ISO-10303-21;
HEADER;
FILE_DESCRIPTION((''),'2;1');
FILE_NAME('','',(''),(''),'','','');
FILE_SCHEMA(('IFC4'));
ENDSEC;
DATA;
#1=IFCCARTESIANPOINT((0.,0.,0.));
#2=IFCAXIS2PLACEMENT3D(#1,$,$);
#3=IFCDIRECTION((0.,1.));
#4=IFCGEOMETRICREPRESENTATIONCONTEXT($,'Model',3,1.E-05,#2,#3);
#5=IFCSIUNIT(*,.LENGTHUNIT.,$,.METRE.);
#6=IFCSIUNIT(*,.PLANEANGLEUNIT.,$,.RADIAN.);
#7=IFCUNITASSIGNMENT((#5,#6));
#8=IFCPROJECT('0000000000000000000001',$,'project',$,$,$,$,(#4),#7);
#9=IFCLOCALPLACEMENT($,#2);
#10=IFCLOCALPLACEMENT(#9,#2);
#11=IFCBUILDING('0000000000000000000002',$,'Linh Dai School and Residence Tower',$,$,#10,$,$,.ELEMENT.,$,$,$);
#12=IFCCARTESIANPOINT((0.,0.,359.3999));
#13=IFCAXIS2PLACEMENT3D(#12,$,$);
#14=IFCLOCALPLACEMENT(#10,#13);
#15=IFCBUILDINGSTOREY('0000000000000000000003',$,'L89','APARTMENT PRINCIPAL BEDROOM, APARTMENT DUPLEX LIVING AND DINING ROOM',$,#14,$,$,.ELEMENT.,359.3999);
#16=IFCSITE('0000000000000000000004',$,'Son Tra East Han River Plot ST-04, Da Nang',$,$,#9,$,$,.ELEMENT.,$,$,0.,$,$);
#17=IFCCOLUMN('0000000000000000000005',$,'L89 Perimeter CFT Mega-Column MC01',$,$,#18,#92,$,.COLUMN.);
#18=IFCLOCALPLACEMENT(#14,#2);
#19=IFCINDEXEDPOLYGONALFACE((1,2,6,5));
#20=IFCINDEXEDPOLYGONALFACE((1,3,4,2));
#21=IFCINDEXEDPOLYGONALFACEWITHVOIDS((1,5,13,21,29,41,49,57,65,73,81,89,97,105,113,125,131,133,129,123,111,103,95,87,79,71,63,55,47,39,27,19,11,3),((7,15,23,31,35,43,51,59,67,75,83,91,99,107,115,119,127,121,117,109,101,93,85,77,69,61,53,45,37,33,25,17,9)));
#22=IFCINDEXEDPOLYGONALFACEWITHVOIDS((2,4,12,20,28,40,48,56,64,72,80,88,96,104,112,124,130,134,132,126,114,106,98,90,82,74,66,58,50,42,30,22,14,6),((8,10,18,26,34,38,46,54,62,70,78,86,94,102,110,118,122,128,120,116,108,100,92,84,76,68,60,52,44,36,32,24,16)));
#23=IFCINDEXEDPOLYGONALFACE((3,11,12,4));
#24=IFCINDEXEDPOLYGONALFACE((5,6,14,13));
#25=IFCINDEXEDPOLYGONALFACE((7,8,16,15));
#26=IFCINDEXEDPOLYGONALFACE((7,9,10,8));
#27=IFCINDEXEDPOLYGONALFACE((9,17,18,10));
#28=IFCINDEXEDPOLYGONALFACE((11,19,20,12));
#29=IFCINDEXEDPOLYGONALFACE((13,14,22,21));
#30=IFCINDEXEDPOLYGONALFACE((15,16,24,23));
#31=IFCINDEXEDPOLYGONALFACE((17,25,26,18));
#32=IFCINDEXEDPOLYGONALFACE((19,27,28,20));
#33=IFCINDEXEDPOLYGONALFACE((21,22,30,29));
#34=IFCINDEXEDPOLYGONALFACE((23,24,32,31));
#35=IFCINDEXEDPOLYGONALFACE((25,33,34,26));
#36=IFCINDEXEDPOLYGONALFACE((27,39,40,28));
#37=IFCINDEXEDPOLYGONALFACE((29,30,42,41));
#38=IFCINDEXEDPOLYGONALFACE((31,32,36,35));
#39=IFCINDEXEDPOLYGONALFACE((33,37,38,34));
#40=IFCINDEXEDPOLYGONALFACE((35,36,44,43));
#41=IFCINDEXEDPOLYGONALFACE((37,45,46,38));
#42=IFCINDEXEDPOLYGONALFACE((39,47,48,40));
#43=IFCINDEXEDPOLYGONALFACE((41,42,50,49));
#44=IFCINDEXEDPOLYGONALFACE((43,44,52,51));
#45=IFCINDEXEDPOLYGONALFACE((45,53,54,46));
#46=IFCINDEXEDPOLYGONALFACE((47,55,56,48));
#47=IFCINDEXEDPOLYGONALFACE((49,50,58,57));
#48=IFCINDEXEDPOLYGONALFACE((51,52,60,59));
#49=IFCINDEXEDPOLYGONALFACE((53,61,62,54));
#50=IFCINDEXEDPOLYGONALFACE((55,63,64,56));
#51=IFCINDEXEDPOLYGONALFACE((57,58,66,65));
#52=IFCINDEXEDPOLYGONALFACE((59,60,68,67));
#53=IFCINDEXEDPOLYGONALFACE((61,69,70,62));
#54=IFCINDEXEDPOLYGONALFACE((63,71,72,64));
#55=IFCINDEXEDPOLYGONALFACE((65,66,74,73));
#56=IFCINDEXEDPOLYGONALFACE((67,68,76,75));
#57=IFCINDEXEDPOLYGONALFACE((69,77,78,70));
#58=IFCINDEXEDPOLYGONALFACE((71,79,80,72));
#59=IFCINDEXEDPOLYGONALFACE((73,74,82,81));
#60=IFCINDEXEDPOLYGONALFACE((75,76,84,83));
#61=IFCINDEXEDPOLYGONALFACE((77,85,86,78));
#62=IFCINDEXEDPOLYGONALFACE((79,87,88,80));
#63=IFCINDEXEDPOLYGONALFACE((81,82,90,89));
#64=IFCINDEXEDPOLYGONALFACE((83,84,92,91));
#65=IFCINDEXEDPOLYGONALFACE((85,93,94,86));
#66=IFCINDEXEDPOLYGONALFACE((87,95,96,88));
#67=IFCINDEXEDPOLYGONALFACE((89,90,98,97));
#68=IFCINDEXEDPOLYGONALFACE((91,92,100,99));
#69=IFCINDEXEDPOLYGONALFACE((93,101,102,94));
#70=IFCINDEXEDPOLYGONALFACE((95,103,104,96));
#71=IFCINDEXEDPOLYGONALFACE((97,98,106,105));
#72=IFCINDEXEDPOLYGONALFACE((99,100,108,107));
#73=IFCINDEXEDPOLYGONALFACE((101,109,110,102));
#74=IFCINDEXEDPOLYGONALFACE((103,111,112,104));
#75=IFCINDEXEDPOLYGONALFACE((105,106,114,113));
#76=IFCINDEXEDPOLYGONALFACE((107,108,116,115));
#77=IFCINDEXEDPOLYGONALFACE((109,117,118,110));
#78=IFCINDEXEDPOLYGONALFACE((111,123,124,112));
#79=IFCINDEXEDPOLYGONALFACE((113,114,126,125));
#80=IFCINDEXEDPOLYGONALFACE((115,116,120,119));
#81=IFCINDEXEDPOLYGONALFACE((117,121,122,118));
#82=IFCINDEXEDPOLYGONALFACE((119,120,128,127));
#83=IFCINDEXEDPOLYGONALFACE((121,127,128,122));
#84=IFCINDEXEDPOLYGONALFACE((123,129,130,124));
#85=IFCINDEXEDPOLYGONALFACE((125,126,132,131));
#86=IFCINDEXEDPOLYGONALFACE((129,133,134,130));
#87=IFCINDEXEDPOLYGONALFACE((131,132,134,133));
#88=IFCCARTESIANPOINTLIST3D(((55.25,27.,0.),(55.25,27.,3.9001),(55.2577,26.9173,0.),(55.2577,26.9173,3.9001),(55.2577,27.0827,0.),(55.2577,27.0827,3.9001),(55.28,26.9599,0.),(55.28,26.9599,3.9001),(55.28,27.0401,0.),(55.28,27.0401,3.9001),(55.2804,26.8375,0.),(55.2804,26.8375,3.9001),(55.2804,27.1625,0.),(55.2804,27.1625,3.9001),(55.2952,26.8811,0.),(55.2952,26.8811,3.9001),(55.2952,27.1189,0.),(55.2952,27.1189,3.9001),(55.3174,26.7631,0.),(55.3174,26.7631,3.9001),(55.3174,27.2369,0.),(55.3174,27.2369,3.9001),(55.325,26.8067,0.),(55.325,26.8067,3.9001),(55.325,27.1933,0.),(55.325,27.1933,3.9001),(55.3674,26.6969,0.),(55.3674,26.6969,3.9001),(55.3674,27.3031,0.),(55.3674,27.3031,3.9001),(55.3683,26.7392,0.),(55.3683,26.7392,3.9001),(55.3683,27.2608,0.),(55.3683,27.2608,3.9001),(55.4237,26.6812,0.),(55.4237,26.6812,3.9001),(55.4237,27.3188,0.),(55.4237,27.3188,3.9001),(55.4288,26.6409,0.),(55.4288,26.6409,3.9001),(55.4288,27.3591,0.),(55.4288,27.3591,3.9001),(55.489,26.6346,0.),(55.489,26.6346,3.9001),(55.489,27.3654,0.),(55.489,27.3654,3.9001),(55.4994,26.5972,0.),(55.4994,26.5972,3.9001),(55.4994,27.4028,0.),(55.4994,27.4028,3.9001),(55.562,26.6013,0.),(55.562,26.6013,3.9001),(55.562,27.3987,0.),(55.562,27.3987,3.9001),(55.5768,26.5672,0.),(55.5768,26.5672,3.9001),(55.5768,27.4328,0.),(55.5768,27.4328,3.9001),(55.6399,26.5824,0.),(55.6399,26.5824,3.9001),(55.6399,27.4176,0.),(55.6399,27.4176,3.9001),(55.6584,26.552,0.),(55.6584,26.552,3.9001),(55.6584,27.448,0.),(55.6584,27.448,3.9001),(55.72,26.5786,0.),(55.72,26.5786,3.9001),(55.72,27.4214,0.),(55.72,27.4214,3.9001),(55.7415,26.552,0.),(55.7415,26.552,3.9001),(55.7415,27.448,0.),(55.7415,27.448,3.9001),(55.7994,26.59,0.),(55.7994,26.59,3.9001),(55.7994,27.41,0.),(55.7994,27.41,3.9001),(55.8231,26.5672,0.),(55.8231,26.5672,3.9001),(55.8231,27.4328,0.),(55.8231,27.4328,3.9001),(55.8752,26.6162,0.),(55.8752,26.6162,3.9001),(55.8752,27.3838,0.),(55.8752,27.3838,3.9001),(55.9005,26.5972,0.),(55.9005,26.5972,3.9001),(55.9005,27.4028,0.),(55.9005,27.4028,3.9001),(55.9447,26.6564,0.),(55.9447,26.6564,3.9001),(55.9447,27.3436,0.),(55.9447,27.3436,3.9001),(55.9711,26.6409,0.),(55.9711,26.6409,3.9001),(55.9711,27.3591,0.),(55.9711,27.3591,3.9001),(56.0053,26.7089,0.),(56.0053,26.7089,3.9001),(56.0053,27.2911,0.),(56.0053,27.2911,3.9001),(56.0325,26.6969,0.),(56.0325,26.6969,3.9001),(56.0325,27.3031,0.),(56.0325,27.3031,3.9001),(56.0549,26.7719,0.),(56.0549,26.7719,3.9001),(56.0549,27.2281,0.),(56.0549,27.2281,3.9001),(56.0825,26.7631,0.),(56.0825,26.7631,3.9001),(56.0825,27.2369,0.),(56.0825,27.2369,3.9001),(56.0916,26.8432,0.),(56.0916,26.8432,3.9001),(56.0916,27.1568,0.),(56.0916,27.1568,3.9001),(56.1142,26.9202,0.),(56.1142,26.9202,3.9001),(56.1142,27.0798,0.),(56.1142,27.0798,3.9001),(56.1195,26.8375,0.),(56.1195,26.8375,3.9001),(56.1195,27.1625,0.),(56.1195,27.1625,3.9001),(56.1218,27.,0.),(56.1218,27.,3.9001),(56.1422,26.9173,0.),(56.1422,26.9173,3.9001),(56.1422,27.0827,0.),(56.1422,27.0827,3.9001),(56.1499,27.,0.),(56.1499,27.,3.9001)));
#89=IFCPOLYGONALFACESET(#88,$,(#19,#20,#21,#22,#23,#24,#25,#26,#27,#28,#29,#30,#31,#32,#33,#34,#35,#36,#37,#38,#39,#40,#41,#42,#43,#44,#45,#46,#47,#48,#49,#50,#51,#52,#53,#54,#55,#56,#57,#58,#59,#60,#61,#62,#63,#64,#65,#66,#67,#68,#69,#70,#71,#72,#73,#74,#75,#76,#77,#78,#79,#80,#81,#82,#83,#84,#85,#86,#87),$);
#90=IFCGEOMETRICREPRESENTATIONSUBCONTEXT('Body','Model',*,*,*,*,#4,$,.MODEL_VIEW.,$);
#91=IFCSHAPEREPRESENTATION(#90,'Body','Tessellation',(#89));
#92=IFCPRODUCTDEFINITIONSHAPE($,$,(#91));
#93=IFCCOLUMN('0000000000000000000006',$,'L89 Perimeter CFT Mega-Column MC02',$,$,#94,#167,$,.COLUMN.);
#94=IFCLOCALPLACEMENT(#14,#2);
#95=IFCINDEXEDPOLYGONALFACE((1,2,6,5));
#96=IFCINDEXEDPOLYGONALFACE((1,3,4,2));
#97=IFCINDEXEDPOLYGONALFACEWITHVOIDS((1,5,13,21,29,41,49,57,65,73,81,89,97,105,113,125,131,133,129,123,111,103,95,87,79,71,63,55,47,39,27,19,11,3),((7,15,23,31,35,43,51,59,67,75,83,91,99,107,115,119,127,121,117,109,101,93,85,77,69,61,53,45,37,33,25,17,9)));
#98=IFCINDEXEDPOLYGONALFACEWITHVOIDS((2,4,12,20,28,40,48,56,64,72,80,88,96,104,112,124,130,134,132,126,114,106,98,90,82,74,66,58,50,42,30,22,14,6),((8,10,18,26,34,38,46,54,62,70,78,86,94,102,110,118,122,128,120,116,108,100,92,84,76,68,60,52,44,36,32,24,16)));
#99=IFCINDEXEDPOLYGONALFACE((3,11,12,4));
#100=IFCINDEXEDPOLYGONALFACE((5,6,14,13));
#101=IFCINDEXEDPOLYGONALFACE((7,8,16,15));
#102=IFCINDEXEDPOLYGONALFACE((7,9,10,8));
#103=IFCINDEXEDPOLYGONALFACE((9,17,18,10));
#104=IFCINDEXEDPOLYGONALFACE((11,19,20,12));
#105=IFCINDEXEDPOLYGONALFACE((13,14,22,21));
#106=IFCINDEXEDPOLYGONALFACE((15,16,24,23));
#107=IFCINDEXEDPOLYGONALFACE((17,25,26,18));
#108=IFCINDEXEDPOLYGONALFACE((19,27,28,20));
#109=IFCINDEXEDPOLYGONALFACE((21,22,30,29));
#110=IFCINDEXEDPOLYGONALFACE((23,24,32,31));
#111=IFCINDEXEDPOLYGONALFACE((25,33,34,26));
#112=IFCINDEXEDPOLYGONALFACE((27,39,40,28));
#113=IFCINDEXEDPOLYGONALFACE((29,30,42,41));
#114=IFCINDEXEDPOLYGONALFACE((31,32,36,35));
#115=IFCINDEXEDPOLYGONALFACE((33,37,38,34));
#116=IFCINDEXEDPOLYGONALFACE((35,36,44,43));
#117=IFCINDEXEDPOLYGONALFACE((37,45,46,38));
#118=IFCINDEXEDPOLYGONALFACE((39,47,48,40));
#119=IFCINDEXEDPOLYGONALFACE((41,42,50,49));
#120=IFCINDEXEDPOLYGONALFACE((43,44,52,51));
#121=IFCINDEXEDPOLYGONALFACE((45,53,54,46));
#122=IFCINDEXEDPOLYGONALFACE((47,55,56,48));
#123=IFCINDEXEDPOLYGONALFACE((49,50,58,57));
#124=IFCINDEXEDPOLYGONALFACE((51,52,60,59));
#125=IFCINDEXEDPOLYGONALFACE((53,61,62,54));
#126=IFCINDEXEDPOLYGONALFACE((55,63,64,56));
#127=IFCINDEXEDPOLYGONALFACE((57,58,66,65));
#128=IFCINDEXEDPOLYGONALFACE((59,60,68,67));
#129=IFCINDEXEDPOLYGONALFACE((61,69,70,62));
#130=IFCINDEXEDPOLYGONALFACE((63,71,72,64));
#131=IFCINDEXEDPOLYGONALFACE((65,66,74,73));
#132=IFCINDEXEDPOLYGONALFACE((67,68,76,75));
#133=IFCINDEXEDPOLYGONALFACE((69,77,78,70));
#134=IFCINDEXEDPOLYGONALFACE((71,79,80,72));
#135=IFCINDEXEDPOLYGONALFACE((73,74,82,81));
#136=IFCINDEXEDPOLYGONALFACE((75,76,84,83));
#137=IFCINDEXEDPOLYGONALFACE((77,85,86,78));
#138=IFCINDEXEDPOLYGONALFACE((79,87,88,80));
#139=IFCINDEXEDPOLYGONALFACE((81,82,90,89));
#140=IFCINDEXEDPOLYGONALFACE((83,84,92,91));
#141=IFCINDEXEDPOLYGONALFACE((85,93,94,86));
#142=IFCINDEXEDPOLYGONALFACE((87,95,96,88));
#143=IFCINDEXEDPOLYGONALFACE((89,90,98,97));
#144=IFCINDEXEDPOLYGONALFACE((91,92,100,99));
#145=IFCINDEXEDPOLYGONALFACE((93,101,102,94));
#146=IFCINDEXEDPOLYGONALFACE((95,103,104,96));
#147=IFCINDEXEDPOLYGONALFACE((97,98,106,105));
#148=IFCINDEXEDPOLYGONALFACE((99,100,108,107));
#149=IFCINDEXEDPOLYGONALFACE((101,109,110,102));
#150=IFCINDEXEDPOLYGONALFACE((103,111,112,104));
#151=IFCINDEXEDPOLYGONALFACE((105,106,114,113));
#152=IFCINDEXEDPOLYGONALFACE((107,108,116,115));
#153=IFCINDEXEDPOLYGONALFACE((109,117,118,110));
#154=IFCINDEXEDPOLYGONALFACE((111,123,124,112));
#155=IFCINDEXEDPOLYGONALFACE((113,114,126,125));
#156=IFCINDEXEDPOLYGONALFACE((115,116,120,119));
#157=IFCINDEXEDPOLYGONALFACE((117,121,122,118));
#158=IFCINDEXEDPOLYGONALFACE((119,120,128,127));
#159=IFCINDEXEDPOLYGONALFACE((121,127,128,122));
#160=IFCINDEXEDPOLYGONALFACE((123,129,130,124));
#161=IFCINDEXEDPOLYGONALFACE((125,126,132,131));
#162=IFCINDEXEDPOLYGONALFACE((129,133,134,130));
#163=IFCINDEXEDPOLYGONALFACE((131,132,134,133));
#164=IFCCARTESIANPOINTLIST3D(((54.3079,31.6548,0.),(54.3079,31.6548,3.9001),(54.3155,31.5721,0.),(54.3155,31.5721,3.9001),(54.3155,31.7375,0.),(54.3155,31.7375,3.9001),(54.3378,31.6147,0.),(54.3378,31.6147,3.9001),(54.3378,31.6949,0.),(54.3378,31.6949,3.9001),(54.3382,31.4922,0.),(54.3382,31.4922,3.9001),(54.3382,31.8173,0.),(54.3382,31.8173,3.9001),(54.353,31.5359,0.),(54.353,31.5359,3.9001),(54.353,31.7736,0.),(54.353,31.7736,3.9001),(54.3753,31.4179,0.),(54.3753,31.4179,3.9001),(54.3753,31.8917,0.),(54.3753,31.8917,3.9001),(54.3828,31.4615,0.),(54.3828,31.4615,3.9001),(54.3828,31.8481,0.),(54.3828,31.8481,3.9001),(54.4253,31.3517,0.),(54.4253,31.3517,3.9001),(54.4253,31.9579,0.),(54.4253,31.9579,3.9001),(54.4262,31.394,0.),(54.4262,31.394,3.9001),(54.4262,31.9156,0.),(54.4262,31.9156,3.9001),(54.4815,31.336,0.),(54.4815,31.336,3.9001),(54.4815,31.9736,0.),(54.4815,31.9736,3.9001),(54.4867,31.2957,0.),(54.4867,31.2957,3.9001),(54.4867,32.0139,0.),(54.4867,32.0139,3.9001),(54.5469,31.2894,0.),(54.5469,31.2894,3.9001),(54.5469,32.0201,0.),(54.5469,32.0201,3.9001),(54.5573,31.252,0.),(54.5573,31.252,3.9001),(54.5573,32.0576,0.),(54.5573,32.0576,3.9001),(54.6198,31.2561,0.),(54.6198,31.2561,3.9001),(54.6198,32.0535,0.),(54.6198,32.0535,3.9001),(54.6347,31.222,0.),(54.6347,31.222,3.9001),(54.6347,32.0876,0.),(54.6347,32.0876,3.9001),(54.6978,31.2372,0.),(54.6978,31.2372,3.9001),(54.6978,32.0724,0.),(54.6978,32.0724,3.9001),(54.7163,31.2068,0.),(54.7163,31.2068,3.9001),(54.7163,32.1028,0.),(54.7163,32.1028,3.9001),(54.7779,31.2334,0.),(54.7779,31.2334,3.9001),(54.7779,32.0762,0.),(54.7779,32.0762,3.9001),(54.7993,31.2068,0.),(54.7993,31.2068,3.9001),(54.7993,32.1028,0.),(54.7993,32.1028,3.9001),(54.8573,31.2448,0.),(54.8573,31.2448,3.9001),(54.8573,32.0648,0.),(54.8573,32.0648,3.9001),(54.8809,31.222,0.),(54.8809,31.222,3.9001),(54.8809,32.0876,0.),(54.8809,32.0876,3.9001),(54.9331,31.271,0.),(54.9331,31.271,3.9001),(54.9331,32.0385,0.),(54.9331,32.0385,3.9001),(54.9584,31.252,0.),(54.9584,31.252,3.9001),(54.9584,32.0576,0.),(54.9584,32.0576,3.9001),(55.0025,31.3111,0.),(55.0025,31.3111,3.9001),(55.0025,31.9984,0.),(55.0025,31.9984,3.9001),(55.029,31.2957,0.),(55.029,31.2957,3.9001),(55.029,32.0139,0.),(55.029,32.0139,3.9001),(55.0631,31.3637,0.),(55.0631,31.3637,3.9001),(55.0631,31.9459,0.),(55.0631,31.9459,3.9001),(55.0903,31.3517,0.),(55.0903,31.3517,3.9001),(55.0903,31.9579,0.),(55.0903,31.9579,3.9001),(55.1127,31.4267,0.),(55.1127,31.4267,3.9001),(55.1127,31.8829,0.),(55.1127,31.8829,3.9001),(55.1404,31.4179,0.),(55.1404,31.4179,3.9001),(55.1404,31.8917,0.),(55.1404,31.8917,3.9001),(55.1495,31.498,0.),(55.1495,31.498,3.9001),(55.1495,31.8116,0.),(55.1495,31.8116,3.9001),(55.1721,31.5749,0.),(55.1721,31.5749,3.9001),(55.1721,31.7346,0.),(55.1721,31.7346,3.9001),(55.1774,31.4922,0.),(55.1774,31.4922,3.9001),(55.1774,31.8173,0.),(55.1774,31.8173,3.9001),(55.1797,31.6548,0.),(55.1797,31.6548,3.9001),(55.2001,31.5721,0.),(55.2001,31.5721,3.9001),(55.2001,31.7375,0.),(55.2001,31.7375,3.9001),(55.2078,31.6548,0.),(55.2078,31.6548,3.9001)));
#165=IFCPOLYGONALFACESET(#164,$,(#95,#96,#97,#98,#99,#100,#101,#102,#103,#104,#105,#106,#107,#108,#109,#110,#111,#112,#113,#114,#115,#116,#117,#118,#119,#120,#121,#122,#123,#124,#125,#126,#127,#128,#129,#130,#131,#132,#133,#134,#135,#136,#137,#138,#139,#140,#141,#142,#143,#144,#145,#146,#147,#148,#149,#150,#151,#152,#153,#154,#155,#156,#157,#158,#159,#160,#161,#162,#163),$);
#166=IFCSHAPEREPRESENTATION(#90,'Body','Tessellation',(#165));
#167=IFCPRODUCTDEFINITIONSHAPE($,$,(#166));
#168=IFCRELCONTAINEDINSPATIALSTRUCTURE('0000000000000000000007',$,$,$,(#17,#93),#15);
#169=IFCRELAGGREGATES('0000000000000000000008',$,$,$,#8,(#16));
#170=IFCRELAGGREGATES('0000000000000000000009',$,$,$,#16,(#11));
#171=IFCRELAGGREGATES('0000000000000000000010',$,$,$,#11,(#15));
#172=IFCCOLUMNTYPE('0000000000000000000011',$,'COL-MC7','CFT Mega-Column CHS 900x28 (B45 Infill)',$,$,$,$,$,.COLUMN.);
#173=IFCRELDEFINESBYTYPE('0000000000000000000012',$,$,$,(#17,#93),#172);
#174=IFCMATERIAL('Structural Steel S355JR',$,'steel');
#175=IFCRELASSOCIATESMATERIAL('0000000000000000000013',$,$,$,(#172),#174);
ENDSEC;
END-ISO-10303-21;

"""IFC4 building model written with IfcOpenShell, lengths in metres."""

from ifc_helpers import new_model, si_unit, direction, frame, origin, origin_2d, place, context, subcontext, project, spatial, hollow_circle, extrude, material, material_profile, profile_set, type_object, element, save


model = new_model("IFC4")

# Units and contexts
model_context = context("Model", 3, precision=1e-05, world=origin(), true_north=direction((0.0, 1.0)))
body_context = subcontext(model_context, "Body", "Model", "MODEL_VIEW")
ifc_project = project(units=[si_unit("LENGTHUNIT", "METRE"), si_unit("PLANEANGLEUNIT", "RADIAN")], contexts=[model_context])

# Site, building, storey
site_placement = place(None, origin())
site = spatial("IfcSite", under=ifc_project, at=site_placement, Name="Son Tra East Han River Plot ST-04, Da Nang", CompositionType="ELEMENT", RefElevation=0.0)
building_placement = place(site_placement, origin())
building = spatial("IfcBuilding", under=site, at=building_placement, Name="Linh Dai School and Residence Tower", CompositionType="ELEMENT")
storey_placement = place(building_placement, frame((0.0, 0.0, 359.3999)))
storey = spatial("IfcBuildingStorey", under=building, at=storey_placement, Name="L89", Description="APARTMENT PRINCIPAL BEDROOM, APARTMENT DUPLEX LIVING AND DINING ROOM", CompositionType="ELEMENT", Elevation=359.3999)

# Columns
ifc_material_1 = material(Name="Structural Steel S355JR", Category="steel")
ifc_material_profile_1 = material_profile(ifc_material_1, hollow_circle(Radius=0.45, WallThickness=0.0281, at=origin_2d()), Name="CHS 900x28")
ifc_profile_set_1 = profile_set([ifc_material_profile_1], Name="Structural Steel S355JR")
column_type = type_object("IfcColumnType", Name="COL-MC7", Description="CFT Mega-Column CHS 900x28 (B45 Infill)", PredefinedType="COLUMN", material=ifc_profile_set_1)
for number, where, z_axis, x_axis, name in (
    (1, (55.7, 27.0, 0.0), (0.0, 0.0, 1.0), (1.0, 0.0, 0.0), "L89 Perimeter CFT Mega-Column MC01"),
    (2, (54.7578, 31.6548, 0.0), (0.0, 0.0, 1.0), (1.0, 0.0, 0.0), "L89 Perimeter CFT Mega-Column MC02"),
):
    element("IfcColumn", number, at=place(storey_placement, frame(where, z_axis=z_axis, x_axis=x_axis)), inside=storey, type_object=column_type, Name=name, PredefinedType="COLUMN", context=body_context, shape_type="SweptSolid", body=[
        extrude(hollow_circle(Radius=0.45, WallThickness=0.0281, at=origin_2d()), origin(), (0.0, 0.0, 1.0), 3.9001),
    ])

save(model, "model.ifc")
